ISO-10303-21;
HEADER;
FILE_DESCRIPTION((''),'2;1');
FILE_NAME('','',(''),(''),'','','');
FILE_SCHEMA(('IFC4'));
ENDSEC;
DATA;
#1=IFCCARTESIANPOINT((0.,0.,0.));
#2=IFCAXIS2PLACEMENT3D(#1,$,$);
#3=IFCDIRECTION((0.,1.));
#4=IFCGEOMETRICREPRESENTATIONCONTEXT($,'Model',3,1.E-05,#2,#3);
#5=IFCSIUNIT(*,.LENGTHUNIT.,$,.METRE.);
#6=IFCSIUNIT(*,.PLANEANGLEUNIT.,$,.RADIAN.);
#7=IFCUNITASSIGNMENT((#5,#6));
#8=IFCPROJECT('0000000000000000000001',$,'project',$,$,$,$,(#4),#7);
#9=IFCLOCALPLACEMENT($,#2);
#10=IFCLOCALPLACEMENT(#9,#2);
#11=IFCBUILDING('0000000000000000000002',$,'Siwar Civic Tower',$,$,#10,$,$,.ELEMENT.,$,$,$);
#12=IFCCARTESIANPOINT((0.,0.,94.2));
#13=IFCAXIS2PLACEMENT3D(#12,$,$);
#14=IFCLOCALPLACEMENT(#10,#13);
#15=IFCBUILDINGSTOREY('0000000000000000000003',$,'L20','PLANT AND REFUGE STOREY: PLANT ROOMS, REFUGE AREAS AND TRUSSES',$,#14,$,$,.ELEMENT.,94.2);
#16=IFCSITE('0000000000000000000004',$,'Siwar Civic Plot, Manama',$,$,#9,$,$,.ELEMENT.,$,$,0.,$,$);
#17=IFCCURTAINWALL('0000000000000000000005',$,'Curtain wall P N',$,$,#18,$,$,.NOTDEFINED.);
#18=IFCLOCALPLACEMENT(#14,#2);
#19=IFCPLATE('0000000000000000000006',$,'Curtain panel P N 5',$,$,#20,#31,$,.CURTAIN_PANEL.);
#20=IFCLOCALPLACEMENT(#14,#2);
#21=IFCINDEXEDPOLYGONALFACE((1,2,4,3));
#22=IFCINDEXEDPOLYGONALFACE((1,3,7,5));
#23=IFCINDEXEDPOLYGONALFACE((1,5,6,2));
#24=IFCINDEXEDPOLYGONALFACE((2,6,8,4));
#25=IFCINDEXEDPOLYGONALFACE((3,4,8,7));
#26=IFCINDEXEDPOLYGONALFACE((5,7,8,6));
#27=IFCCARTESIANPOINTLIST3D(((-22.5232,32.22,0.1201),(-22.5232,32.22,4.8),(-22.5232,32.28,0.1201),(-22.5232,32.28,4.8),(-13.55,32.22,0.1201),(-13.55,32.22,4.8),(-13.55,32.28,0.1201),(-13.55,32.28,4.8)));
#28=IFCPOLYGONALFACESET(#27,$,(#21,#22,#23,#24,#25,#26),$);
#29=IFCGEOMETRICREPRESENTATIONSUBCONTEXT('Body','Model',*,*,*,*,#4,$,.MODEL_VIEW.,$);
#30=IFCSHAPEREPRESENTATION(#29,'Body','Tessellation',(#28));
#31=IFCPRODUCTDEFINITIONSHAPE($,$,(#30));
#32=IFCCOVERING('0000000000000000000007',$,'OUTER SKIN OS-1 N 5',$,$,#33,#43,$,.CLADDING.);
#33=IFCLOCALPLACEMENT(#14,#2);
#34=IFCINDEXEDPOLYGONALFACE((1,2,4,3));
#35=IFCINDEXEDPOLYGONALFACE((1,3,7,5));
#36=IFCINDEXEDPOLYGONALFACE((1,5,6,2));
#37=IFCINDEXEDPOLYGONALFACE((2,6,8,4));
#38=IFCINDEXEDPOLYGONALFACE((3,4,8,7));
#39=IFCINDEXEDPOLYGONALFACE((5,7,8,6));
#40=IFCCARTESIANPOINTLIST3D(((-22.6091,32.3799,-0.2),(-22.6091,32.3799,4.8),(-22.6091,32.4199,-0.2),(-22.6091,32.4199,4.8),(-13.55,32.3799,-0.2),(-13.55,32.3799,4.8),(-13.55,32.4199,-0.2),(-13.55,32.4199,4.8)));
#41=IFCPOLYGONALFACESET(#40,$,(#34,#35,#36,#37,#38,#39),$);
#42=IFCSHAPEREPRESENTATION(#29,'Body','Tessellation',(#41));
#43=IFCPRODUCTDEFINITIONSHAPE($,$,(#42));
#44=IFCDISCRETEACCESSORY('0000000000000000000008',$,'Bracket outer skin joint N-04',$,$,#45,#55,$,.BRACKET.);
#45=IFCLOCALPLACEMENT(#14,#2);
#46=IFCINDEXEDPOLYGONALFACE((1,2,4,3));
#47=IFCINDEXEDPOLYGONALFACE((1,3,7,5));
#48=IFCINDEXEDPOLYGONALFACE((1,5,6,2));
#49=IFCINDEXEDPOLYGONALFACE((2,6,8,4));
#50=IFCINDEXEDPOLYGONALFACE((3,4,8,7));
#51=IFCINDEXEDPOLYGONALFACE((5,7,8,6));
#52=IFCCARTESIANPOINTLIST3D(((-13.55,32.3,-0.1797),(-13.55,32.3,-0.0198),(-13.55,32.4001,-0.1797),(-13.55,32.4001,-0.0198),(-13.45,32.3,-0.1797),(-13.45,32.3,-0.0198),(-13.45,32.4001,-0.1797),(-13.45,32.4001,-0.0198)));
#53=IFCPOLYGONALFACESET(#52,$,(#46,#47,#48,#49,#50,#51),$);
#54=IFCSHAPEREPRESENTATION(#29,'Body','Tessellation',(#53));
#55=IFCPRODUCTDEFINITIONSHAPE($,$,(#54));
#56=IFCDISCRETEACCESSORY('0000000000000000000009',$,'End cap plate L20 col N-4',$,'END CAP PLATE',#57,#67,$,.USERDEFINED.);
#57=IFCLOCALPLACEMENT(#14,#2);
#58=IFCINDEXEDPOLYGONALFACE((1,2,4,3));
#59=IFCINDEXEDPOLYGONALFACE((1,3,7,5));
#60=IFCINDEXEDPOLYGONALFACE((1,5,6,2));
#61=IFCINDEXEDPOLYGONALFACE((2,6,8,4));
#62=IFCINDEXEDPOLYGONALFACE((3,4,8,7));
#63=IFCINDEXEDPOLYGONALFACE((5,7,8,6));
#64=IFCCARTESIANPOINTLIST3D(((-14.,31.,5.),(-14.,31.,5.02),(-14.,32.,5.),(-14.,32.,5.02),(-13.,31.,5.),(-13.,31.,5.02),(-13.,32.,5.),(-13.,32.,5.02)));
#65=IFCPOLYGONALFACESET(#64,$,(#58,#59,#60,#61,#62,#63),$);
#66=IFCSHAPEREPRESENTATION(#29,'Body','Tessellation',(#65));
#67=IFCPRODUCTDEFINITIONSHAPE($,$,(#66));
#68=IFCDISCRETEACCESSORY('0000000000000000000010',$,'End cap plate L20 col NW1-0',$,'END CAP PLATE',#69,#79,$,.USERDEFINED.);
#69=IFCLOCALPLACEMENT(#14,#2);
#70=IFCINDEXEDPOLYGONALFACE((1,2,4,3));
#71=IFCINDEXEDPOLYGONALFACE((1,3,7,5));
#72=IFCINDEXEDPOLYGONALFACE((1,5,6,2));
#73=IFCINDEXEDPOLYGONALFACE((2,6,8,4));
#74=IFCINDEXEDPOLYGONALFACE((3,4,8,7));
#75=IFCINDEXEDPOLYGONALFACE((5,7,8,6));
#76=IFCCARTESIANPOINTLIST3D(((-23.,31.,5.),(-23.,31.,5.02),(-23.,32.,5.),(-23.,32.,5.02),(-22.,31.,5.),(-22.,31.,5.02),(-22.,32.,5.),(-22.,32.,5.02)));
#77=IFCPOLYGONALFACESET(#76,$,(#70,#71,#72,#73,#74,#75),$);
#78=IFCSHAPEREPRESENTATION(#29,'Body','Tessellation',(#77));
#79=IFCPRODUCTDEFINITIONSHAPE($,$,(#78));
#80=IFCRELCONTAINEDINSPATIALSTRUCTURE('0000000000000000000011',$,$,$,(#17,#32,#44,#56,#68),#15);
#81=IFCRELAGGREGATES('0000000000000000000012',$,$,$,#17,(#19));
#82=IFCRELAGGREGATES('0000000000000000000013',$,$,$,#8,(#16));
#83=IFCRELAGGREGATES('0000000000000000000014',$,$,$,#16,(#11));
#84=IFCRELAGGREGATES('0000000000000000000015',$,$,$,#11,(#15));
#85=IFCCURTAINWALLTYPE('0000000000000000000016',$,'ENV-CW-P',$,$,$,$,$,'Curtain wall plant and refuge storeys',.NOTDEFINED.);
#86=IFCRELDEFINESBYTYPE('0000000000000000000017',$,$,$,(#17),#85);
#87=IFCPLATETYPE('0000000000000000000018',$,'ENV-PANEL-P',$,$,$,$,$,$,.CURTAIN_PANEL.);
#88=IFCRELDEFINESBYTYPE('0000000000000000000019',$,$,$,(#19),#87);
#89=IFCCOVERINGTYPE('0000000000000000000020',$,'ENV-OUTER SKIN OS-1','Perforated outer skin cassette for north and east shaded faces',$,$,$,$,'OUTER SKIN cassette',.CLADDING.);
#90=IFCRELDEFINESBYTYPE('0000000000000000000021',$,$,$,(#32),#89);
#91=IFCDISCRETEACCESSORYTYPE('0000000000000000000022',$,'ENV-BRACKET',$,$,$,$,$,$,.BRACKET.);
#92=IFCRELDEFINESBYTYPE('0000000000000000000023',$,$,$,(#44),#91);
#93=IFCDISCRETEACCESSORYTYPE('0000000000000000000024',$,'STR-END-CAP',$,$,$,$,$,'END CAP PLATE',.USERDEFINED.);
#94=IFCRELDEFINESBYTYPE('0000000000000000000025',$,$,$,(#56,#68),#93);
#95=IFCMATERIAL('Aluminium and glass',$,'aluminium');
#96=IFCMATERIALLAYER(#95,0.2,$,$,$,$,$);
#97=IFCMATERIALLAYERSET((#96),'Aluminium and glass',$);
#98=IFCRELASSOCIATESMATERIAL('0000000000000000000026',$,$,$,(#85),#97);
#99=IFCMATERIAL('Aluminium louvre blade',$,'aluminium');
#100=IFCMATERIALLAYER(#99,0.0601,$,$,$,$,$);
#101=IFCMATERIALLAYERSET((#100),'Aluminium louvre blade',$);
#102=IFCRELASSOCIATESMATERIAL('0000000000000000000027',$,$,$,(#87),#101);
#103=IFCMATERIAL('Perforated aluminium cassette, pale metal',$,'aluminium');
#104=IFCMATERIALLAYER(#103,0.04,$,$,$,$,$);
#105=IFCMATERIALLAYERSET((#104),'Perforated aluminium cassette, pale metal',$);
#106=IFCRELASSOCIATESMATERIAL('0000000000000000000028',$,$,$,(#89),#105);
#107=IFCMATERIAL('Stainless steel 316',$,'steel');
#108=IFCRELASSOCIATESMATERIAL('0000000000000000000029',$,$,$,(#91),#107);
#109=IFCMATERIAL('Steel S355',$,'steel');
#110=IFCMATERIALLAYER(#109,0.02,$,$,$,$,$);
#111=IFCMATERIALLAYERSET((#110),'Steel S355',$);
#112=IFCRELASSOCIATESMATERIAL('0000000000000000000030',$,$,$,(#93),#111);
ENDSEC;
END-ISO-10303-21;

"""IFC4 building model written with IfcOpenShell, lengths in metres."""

from ifc_helpers import new_model, si_unit, direction, frame, origin, origin_2d, place, context, subcontext, project, spatial, rectangle, extrude, material, layer, layer_set, type_object, element, aggregate, save


model = new_model("IFC4")

# Units and contexts
model_context = context("Model", 3, precision=1e-05, world=origin(), true_north=direction((0.0, 1.0)))
body_context = subcontext(model_context, "Body", "Model", "MODEL_VIEW")
ifc_project = project(units=[si_unit("LENGTHUNIT", "METRE"), si_unit("PLANEANGLEUNIT", "RADIAN")], contexts=[model_context])

# Site, building, storey
site_placement = place(None, origin())
site = spatial("IfcSite", under=ifc_project, at=site_placement, Name="Siwar Civic Plot, Manama", CompositionType="ELEMENT", RefElevation=0.0)
building_placement = place(site_placement, origin())
building = spatial("IfcBuilding", under=site, at=building_placement, Name="Siwar Civic Tower", CompositionType="ELEMENT")
storey_placement = place(building_placement, frame((0.0, 0.0, 94.2)))
storey = spatial("IfcBuildingStorey", under=building, at=storey_placement, Name="L20", Description="PLANT AND REFUGE STOREY: PLANT ROOMS, REFUGE AREAS AND TRUSSES", CompositionType="ELEMENT", Elevation=94.2)

# Curtain wall
ifc_material_1 = material(Name="Aluminium and glass", Category="aluminium")
ifc_layer_1 = layer(ifc_material_1, 0.2)
ifc_layer_set_1 = layer_set([ifc_layer_1], Name="Aluminium and glass")
curtain_wall_type = type_object("IfcCurtainWallType", Name="ENV-CW-P", ElementType="Curtain wall plant and refuge storeys", PredefinedType="NOTDEFINED", material=ifc_layer_set_1)
curtain_wall_placement = place(storey_placement, origin())
curtain_wall = element("IfcCurtainWall", 1, at=curtain_wall_placement, inside=storey, type_object=curtain_wall_type, Name="Curtain wall P N", PredefinedType="NOTDEFINED")

# Plate
ifc_material_2 = material(Name="Aluminium louvre blade", Category="aluminium")
ifc_layer_2 = layer(ifc_material_2, 0.0601)
ifc_layer_set_2 = layer_set([ifc_layer_2], Name="Aluminium louvre blade")
plate_type = type_object("IfcPlateType", Name="ENV-PANEL-P", PredefinedType="CURTAIN_PANEL", material=ifc_layer_set_2)
plate_placement = place(storey_placement, frame((-18.0366, 32.25, 0.1201), z_axis=(0.0, 0.0, 1.0), x_axis=(-1.0, 0.0, 0.0)))
plate = element("IfcPlate", 2, at=plate_placement, type_object=plate_type, Name="Curtain panel P N 5", PredefinedType="CURTAIN_PANEL", context=body_context, shape_type="SweptSolid", body=[
    extrude(rectangle(XDim=8.9731, YDim=0.0601, at=origin_2d()), origin(), (0.0, 0.0, 1.0), 4.6799),
])
aggregate(curtain_wall, [plate])

# Covering
ifc_material_3 = material(Name="Perforated aluminium cassette, pale metal", Category="aluminium")
ifc_layer_3 = layer(ifc_material_3, 0.04)
ifc_layer_set_3 = layer_set([ifc_layer_3], Name="Perforated aluminium cassette, pale metal")
covering_type = type_object("IfcCoveringType", Name="ENV-OUTER SKIN OS-1", Description="Perforated outer skin cassette for north and east shaded faces", ElementType="OUTER SKIN cassette", PredefinedType="CLADDING", material=ifc_layer_set_3)
covering_placement = place(storey_placement, frame((-18.0796, 32.3999, -0.2), z_axis=(0.0, 0.0, 1.0), x_axis=(-1.0, 0.0, 0.0)))
element("IfcCovering", 3, at=covering_placement, inside=storey, type_object=covering_type, Name="OUTER SKIN OS-1 N 5", PredefinedType="CLADDING", context=body_context, shape_type="SweptSolid", body=[
    extrude(rectangle(XDim=9.0591, YDim=0.04, at=origin_2d()), origin(), (0.0, 0.0, 1.0), 5.0),
])

# Discrete accessories
ifc_material_4 = material(Name="Stainless steel 316", Category="steel")
discrete_accessory_type_1 = type_object("IfcDiscreteAccessoryType", Name="ENV-BRACKET", PredefinedType="BRACKET", material=ifc_material_4)
discrete_accessory_placement = place(storey_placement, frame((-13.5, 32.3501, -0.1797), z_axis=(0.0, 0.0, 1.0), x_axis=(0.0, 1.0, 0.0)))
element("IfcDiscreteAccessory", 4, at=discrete_accessory_placement, inside=storey, type_object=discrete_accessory_type_1, Name="Bracket outer skin joint N-04", PredefinedType="BRACKET", context=body_context, shape_type="SweptSolid", body=[
    extrude(rectangle(XDim=0.1001, YDim=0.1001, at=origin_2d()), origin(), (0.0, 0.0, 1.0), 0.1599),
])
ifc_material_5 = material(Name="Steel S355", Category="steel")
ifc_layer_4 = layer(ifc_material_5, 0.02)
ifc_layer_set_4 = layer_set([ifc_layer_4], Name="Steel S355")
discrete_accessory_type_2 = type_object("IfcDiscreteAccessoryType", Name="STR-END-CAP", ElementType="END CAP PLATE", PredefinedType="USERDEFINED", material=ifc_layer_set_4)
for number, where, z_axis, x_axis, name in (
    (5, (-13.5, 31.5, 5.0), (0.0, 0.0, 1.0), (1.0, 0.0, 0.0), "End cap plate L20 col N-4"),
    (6, (-22.5, 31.5, 5.0), (0.0, 0.0, 1.0), (1.0, 0.0, 0.0), "End cap plate L20 col NW1-0"),
):
    element("IfcDiscreteAccessory", number, at=place(storey_placement, frame(where, z_axis=z_axis, x_axis=x_axis)), inside=storey, type_object=discrete_accessory_type_2, Name=name, ObjectType="END CAP PLATE", PredefinedType="USERDEFINED", context=body_context, shape_type="SweptSolid", body=[
        extrude(rectangle(XDim=1.0, YDim=1.0, at=origin_2d()), origin(), (0.0, 0.0, 1.0), 0.02),
    ])

save(model, "model.ifc")
